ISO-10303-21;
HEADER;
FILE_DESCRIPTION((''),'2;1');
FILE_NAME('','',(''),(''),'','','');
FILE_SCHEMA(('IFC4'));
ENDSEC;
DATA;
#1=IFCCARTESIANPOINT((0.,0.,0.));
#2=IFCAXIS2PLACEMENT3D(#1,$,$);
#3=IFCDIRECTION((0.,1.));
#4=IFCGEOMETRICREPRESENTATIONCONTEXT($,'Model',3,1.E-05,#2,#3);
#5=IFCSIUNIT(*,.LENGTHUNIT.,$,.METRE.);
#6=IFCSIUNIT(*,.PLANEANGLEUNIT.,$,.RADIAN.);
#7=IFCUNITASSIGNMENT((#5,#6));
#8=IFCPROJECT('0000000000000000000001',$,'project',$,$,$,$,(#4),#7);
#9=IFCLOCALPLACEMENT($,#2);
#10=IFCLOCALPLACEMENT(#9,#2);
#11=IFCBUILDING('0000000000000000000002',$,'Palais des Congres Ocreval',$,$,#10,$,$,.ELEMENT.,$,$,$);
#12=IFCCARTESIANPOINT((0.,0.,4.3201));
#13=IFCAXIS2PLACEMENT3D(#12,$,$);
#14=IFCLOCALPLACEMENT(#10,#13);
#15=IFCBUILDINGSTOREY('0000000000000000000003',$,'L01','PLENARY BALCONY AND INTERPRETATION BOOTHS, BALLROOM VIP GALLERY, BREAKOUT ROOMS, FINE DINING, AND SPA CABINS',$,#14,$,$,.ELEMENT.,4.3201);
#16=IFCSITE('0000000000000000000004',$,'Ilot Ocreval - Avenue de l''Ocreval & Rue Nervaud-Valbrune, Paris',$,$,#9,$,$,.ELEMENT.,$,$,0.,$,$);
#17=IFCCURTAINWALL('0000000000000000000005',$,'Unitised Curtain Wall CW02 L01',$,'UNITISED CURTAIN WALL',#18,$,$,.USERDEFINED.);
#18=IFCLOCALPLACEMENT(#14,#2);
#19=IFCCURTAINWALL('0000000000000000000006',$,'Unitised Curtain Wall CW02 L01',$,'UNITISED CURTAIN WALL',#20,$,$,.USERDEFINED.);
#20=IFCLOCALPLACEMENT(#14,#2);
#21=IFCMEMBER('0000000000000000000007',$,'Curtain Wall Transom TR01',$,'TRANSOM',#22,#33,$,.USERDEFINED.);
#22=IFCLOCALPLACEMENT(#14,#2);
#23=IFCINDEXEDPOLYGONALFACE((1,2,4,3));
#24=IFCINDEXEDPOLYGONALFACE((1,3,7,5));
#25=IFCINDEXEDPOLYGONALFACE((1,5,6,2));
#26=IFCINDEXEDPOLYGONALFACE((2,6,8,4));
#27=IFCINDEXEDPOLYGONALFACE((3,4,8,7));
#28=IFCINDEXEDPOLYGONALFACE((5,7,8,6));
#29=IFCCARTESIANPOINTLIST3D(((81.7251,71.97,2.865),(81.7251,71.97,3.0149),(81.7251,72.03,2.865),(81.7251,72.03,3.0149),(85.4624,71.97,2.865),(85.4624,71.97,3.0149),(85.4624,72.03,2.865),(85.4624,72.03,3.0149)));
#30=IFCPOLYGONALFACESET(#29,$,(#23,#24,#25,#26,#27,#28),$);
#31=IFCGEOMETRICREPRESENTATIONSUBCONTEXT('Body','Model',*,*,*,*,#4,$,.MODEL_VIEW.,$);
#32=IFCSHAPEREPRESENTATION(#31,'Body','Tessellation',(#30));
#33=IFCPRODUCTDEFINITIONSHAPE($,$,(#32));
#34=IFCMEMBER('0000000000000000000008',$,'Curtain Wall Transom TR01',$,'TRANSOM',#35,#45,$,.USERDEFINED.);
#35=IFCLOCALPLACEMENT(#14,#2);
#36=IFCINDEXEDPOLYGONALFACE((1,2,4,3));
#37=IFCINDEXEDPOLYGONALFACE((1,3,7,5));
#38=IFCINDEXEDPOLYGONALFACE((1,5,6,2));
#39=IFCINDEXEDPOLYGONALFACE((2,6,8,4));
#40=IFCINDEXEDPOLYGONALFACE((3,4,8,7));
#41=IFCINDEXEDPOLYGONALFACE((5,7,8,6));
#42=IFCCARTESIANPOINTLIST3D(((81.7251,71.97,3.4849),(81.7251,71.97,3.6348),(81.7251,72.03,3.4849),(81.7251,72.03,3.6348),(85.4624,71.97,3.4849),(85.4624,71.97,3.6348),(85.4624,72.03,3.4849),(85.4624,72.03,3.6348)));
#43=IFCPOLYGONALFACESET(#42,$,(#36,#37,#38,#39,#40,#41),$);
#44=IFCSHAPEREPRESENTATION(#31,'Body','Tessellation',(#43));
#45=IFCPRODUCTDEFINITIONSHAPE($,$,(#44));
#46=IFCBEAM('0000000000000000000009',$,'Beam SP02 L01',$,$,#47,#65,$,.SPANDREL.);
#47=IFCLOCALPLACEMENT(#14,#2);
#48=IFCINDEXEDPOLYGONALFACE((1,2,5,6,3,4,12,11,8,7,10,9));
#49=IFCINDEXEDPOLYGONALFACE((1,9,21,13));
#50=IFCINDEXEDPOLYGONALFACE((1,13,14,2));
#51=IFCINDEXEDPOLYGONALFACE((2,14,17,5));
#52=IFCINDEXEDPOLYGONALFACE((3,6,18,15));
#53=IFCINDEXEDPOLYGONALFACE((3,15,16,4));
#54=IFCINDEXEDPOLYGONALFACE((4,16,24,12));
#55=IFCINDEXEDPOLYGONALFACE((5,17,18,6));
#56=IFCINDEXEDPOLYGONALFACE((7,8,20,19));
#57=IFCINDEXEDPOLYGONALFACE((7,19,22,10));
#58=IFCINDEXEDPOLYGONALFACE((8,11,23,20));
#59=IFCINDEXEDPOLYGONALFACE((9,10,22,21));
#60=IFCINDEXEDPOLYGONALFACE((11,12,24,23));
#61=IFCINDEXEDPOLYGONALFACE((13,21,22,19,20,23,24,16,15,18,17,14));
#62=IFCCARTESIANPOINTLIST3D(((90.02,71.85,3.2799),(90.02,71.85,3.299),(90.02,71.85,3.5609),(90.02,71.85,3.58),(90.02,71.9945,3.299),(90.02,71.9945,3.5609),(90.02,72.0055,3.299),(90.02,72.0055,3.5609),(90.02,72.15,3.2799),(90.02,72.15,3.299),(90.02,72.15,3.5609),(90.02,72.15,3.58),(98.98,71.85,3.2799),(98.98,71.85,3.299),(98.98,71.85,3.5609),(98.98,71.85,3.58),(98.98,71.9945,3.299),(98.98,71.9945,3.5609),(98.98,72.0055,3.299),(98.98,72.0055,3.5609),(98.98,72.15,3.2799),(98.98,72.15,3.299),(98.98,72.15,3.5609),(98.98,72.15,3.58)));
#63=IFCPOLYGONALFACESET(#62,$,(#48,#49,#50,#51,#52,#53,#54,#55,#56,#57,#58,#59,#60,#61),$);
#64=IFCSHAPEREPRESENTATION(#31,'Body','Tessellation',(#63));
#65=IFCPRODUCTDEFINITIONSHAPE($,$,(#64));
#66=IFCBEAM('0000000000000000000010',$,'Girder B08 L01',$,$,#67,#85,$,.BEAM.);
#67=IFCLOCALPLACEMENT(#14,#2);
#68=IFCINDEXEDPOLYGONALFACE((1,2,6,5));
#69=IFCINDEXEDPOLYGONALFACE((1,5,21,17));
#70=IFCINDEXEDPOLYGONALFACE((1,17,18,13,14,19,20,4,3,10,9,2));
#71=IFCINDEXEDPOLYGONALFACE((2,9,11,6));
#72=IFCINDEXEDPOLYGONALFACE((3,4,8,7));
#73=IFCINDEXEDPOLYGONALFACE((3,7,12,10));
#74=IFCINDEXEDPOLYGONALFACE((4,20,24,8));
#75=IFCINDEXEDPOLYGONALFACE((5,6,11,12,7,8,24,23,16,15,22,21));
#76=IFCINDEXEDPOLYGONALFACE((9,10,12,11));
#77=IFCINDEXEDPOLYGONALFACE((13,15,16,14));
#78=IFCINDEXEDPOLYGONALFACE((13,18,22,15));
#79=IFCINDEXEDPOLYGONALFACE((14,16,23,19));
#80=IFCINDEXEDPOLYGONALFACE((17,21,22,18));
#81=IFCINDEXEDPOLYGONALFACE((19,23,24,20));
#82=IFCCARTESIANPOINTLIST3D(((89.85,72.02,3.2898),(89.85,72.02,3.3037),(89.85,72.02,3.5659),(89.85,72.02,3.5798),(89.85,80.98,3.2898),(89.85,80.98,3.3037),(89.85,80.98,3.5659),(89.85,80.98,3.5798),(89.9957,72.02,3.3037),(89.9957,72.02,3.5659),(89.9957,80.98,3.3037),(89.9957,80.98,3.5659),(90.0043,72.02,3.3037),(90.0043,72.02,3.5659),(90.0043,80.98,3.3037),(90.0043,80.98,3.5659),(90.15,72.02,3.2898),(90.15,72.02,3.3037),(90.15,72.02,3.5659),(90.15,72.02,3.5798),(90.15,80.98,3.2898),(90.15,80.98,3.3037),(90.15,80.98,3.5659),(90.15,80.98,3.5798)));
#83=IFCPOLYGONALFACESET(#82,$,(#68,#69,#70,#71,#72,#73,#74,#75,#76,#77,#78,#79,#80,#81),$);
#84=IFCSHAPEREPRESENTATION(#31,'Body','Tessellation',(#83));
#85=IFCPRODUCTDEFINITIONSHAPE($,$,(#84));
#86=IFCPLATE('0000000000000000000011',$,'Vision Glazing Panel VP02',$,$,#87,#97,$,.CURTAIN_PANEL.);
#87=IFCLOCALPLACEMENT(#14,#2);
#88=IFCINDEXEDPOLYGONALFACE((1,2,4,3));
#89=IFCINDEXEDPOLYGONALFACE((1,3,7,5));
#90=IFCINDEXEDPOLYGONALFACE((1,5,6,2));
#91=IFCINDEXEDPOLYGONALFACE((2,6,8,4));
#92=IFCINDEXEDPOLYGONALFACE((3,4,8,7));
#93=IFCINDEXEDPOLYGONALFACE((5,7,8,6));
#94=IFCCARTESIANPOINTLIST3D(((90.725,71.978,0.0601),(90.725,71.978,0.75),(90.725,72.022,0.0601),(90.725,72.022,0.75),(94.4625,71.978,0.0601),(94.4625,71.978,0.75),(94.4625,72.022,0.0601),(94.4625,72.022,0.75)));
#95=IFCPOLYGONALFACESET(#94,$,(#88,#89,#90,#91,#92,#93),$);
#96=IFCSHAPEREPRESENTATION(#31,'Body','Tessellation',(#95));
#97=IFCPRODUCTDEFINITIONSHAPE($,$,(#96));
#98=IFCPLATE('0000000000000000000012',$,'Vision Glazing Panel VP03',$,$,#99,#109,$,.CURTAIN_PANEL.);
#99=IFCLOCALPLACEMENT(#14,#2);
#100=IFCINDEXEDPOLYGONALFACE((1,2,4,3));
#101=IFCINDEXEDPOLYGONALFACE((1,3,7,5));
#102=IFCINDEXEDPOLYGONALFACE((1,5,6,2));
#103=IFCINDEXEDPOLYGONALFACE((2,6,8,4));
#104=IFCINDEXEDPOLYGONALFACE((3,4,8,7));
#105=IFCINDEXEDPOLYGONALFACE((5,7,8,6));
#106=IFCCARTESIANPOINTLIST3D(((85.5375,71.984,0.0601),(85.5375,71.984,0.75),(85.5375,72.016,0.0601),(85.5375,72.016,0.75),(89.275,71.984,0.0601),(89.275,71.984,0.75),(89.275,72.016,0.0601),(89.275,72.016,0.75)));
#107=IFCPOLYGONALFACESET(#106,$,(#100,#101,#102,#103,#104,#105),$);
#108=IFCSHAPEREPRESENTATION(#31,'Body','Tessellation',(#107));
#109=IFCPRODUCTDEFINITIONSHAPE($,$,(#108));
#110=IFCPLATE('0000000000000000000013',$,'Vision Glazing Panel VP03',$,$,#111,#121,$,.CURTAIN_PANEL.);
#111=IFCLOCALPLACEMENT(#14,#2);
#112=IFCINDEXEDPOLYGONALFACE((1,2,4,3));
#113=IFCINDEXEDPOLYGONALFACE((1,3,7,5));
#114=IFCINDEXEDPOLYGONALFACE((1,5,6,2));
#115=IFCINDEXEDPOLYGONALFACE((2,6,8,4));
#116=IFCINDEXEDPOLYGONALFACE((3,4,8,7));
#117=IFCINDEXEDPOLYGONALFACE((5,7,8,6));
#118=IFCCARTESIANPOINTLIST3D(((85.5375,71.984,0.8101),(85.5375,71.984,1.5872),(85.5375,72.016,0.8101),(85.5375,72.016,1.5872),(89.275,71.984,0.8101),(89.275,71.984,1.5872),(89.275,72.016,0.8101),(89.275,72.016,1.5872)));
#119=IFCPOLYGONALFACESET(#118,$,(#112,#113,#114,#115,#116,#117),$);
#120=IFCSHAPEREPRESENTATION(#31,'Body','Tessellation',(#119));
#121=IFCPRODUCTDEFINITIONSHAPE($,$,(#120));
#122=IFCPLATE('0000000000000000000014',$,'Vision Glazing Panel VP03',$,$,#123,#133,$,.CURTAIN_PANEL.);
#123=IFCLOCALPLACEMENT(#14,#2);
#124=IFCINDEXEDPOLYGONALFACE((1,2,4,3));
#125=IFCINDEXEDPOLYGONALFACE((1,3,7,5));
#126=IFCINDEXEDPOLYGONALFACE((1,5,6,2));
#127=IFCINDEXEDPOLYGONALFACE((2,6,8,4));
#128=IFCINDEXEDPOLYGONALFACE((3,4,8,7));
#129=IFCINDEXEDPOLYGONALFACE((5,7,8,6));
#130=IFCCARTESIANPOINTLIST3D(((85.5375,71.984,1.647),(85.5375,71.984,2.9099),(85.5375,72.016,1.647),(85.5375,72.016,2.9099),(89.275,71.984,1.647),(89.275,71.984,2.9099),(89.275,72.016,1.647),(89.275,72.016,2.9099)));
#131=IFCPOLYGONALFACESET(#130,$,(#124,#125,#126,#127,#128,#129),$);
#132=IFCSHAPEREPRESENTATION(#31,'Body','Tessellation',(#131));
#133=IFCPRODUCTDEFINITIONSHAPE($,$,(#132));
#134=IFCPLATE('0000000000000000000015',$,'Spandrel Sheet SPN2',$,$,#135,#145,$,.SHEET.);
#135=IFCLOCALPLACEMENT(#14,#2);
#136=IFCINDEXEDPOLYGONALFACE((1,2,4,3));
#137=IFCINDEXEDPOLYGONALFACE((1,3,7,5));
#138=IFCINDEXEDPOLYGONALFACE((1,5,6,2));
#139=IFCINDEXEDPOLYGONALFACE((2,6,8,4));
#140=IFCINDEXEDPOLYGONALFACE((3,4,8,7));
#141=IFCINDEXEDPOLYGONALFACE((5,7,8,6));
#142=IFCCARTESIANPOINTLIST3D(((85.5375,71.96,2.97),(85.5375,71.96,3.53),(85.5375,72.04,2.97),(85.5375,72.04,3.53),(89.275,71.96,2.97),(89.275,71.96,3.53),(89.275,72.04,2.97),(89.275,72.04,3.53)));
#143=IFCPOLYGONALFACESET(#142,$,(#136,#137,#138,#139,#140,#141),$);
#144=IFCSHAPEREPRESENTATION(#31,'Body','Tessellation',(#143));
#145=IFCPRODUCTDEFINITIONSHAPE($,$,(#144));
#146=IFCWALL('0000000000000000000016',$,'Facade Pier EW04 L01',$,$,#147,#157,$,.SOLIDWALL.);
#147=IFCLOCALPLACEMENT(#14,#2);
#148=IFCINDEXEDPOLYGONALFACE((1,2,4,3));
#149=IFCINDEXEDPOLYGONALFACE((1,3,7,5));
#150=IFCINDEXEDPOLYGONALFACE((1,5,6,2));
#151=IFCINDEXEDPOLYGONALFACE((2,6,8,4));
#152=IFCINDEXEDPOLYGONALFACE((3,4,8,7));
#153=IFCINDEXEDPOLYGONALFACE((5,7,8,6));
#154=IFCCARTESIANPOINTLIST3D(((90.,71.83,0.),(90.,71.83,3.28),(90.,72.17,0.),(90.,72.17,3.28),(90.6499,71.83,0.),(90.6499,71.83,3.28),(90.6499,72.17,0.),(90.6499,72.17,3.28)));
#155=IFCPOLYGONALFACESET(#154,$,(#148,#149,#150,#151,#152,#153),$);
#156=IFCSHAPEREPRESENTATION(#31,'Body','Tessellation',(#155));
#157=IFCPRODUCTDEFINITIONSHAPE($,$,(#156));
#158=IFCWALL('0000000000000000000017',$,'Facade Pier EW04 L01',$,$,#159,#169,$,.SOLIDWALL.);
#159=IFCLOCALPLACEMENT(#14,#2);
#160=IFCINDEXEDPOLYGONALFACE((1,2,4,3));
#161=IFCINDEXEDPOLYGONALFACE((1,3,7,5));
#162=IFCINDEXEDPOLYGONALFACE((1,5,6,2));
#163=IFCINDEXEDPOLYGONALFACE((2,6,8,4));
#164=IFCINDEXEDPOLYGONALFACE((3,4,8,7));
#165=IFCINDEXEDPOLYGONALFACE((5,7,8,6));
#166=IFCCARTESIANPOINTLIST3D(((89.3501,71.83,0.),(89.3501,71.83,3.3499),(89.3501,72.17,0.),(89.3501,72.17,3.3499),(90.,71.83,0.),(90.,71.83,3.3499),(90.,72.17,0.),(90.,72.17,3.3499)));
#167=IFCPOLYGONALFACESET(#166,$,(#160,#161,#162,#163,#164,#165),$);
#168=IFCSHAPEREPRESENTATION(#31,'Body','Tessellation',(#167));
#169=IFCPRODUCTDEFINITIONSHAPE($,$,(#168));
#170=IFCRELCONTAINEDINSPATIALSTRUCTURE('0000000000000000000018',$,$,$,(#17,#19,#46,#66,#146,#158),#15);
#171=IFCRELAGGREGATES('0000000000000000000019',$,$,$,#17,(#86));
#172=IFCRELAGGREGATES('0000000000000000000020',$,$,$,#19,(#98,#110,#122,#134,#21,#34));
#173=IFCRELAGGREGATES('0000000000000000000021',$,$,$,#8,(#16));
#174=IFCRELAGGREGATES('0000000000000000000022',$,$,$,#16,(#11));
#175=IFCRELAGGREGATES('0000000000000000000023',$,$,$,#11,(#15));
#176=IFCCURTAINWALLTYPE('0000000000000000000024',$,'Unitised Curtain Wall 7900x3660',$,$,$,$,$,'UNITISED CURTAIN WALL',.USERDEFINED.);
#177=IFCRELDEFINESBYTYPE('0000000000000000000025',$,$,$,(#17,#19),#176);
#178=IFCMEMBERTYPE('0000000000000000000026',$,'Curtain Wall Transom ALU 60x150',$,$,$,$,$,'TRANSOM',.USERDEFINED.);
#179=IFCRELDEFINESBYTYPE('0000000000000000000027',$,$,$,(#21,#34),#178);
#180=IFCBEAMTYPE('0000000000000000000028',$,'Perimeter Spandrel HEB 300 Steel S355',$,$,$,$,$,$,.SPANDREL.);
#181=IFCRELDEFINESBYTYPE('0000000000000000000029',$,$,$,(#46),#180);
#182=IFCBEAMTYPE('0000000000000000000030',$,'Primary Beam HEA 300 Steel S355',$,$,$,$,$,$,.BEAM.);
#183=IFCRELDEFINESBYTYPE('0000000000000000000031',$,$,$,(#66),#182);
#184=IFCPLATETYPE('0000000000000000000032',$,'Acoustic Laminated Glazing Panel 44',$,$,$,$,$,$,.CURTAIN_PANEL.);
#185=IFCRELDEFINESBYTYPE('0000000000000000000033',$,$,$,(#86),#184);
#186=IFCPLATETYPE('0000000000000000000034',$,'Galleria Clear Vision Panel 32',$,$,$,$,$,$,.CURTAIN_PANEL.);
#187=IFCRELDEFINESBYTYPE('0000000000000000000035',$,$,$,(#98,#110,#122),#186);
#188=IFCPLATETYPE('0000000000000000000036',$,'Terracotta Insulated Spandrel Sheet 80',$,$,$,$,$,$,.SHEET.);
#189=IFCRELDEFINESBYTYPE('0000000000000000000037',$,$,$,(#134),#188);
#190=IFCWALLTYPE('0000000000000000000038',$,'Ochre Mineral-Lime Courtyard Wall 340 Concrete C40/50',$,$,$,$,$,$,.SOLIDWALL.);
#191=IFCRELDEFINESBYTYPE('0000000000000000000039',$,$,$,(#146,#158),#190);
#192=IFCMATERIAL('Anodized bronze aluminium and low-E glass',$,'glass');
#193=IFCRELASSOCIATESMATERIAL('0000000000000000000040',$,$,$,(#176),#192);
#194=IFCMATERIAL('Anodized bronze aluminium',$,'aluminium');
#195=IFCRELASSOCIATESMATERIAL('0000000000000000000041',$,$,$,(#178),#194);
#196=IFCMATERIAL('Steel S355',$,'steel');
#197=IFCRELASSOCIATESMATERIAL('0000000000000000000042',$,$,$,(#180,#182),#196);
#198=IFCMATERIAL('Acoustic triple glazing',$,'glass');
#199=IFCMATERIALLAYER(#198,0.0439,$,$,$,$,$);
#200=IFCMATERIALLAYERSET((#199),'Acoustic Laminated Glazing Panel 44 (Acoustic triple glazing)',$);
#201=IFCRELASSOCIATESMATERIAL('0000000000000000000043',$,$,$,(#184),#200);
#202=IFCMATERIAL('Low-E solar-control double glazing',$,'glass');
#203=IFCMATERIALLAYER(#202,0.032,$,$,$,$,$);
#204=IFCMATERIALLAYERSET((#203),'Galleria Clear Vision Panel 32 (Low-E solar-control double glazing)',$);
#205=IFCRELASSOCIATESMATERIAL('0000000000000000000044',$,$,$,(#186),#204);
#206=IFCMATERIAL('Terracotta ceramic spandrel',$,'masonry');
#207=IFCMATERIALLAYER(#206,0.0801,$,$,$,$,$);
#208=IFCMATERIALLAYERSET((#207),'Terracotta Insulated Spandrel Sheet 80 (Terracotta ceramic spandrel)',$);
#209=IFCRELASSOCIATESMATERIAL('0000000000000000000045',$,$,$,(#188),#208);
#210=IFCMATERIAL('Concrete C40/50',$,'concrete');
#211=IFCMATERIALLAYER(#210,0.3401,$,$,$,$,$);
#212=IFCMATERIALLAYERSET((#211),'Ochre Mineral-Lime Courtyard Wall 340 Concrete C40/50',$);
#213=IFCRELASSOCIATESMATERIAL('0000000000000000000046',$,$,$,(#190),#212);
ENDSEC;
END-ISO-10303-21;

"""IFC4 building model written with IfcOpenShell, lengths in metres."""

from ifc_helpers import new_model, si_unit, direction, frame, frame_2d, origin, origin_2d, place, context, subcontext, project, spatial, rectangle, i_section, extrude, material, layer, layer_set, material_profile, profile_set, type_object, element, aggregate, save


model = new_model("IFC4")

# Units and contexts
model_context = context("Model", 3, precision=1e-05, world=origin(), true_north=direction((0.0, 1.0)))
body_context = subcontext(model_context, "Body", "Model", "MODEL_VIEW")
ifc_project = project(units=[si_unit("LENGTHUNIT", "METRE"), si_unit("PLANEANGLEUNIT", "RADIAN")], contexts=[model_context])

# Site, building, storey
site_placement = place(None, origin())
site = spatial("IfcSite", under=ifc_project, at=site_placement, Name="Ilot Ocreval - Avenue de l'Ocreval & Rue Nervaud-Valbrune, Paris", CompositionType="ELEMENT", RefElevation=0.0)
building_placement = place(site_placement, origin())
building = spatial("IfcBuilding", under=site, at=building_placement, Name="Palais des Congres Ocreval", CompositionType="ELEMENT")
storey_placement = place(building_placement, frame((0.0, 0.0, 4.3201)))
storey = spatial("IfcBuildingStorey", under=building, at=storey_placement, Name="L01", Description="PLENARY BALCONY AND INTERPRETATION BOOTHS, BALLROOM VIP GALLERY, BREAKOUT ROOMS, FINE DINING, AND SPA CABINS", CompositionType="ELEMENT", Elevation=4.3201)

# Shared definitions
ifc_material_1 = material(Name="Steel S355", Category="steel")

# Curtain wall
ifc_material_2 = material(Name="Anodized bronze aluminium and low-E glass", Category="glass")
curtain_wall_type = type_object("IfcCurtainWallType", Name="Unitised Curtain Wall 7900x3660", ElementType="UNITISED CURTAIN WALL", PredefinedType="USERDEFINED", material=ifc_material_2)
curtain_wall_1_placement = place(storey_placement, origin())
curtain_wall_1 = element("IfcCurtainWall", 1, at=curtain_wall_1_placement, inside=storey, type_object=curtain_wall_type, Name="Unitised Curtain Wall CW02 L01", ObjectType="UNITISED CURTAIN WALL", PredefinedType="USERDEFINED")
ifc_material_3 = material(Name="Anodized bronze aluminium", Category="aluminium")

# Curtain wall, members
curtain_wall_2_placement = place(storey_placement, origin())
curtain_wall_2 = element("IfcCurtainWall", 2, at=curtain_wall_2_placement, inside=storey, type_object=curtain_wall_type, Name="Unitised Curtain Wall CW02 L01", ObjectType="UNITISED CURTAIN WALL", PredefinedType="USERDEFINED")
ifc_material_profile_1 = material_profile(ifc_material_3, rectangle(XDim=0.0601, YDim=0.1499, at=origin_2d()), Name="ALU 60x150")
ifc_profile_set_1 = profile_set([ifc_material_profile_1], Name="Anodized bronze aluminium")
member_type_1 = type_object("IfcMemberType", Name="Curtain Wall Transom ALU 60x150", ElementType="TRANSOM", PredefinedType="USERDEFINED", material=ifc_profile_set_1)
member_1_placement = place(storey_placement, frame((85.4624, 72.0, 2.9399), z_axis=(-1.0, 0.0, 0.0), x_axis=(0.0, -1.0, 0.0)))
member_1 = element("IfcMember", 3, at=member_1_placement, type_object=member_type_1, Name="Curtain Wall Transom TR01", ObjectType="TRANSOM", PredefinedType="USERDEFINED", context=body_context, shape_type="SweptSolid", body=[
    extrude(rectangle(XDim=0.0601, YDim=0.1499, at=origin_2d()), origin(), (0.0, 0.0, 1.0), 3.7373),
])
member_2_placement = place(storey_placement, frame((85.4624, 72.0, 3.5598), z_axis=(-1.0, 0.0, 0.0), x_axis=(0.0, -1.0, 0.0)))
member_2 = element("IfcMember", 4, at=member_2_placement, type_object=member_type_1, Name="Curtain Wall Transom TR01", ObjectType="TRANSOM", PredefinedType="USERDEFINED", context=body_context, shape_type="SweptSolid", body=[
    extrude(rectangle(XDim=0.0601, YDim=0.1499, at=origin_2d()), origin(), (0.0, 0.0, 1.0), 3.7373),
])

# Beams
ifc_material_profile_2 = material_profile(ifc_material_1, i_section(OverallWidth=0.3, OverallDepth=0.3, WebThickness=0.011, FlangeThickness=0.019, at=origin_2d()), Name="HEB 300")
ifc_profile_set_2 = profile_set([ifc_material_profile_2], Name="Steel S355")
beam_type_1 = type_object("IfcBeamType", Name="Perimeter Spandrel HEB 300 Steel S355", PredefinedType="SPANDREL", material=ifc_profile_set_2)
beam_1_placement = place(storey_placement, frame((90.02, 72.0, 3.4299), z_axis=(1.0, 0.0, 0.0), x_axis=(0.0, 1.0, 0.0)))
element("IfcBeam", 5, at=beam_1_placement, inside=storey, type_object=beam_type_1, Name="Beam SP02 L01", PredefinedType="SPANDREL", context=body_context, shape_type="SweptSolid", body=[
    extrude(i_section(OverallWidth=0.3, OverallDepth=0.3, WebThickness=0.011, FlangeThickness=0.019, at=origin_2d()), origin(), (0.0, 0.0, 1.0), 8.96),
])
ifc_material_profile_3 = material_profile(ifc_material_1, i_section(OverallWidth=0.3, OverallDepth=0.29, WebThickness=0.0085, FlangeThickness=0.0139, at=origin_2d()), Name="HEA 300")
ifc_profile_set_3 = profile_set([ifc_material_profile_3], Name="Steel S355")
beam_type_2 = type_object("IfcBeamType", Name="Primary Beam HEA 300 Steel S355", PredefinedType="BEAM", material=ifc_profile_set_3)
beam_2_placement = place(storey_placement, frame((90.0, 72.02, 3.4348), z_axis=(0.0, 1.0, 0.0), x_axis=(-1.0, 0.0, 0.0)))
element("IfcBeam", 6, at=beam_2_placement, inside=storey, type_object=beam_type_2, Name="Girder B08 L01", PredefinedType="BEAM", context=body_context, shape_type="SweptSolid", body=[
    extrude(i_section(OverallWidth=0.3, OverallDepth=0.29, WebThickness=0.0085, FlangeThickness=0.0139, at=origin_2d()), origin(), (0.0, 0.0, 1.0), 8.96),
])

# Plates
ifc_material_4 = material(Name="Acoustic triple glazing", Category="glass")
ifc_layer_1 = layer(ifc_material_4, 0.0439)
ifc_layer_set_1 = layer_set([ifc_layer_1], Name="Acoustic Laminated Glazing Panel 44 (Acoustic triple glazing)")
plate_type_1 = type_object("IfcPlateType", Name="Acoustic Laminated Glazing Panel 44", PredefinedType="CURTAIN_PANEL", material=ifc_layer_set_1)
plate_1_placement = place(storey_placement, frame((92.5938, 72.0, 0.0601), z_axis=(0.0, 0.0, 1.0), x_axis=(-1.0, 0.0, 0.0)))
plate_1 = element("IfcPlate", 7, at=plate_1_placement, type_object=plate_type_1, Name="Vision Glazing Panel VP02", PredefinedType="CURTAIN_PANEL", context=body_context, shape_type="SweptSolid", body=[
    extrude(rectangle(XDim=3.7375, YDim=0.0439, at=origin_2d()), origin(), (0.0, 0.0, 1.0), 0.6899),
])
aggregate(curtain_wall_1, [plate_1])
ifc_material_5 = material(Name="Low-E solar-control double glazing", Category="glass")
ifc_layer_2 = layer(ifc_material_5, 0.032)
ifc_layer_set_2 = layer_set([ifc_layer_2], Name="Galleria Clear Vision Panel 32 (Low-E solar-control double glazing)")
plate_type_2 = type_object("IfcPlateType", Name="Galleria Clear Vision Panel 32", PredefinedType="CURTAIN_PANEL", material=ifc_layer_set_2)
plate_2_placement = place(storey_placement, frame((87.4062, 72.0, 0.0601), z_axis=(0.0, 0.0, 1.0), x_axis=(-1.0, 0.0, 0.0)))
plate_2 = element("IfcPlate", 8, at=plate_2_placement, type_object=plate_type_2, Name="Vision Glazing Panel VP03", PredefinedType="CURTAIN_PANEL", context=body_context, shape_type="SweptSolid", body=[
    extrude(rectangle(XDim=3.7375, YDim=0.032, at=origin_2d()), origin(), (0.0, 0.0, 1.0), 0.6899),
])
plate_3_placement = place(storey_placement, frame((87.4062, 72.0, 0.8101), z_axis=(0.0, 0.0, 1.0), x_axis=(-1.0, 0.0, 0.0)))
plate_3 = element("IfcPlate", 9, at=plate_3_placement, type_object=plate_type_2, Name="Vision Glazing Panel VP03", PredefinedType="CURTAIN_PANEL", context=body_context, shape_type="SweptSolid", body=[
    extrude(rectangle(XDim=3.7375, YDim=0.032, at=origin_2d()), origin(), (0.0, 0.0, 1.0), 0.7771),
])
plate_4_placement = place(storey_placement, frame((87.4062, 72.0, 1.647), z_axis=(0.0, 0.0, 1.0), x_axis=(-1.0, 0.0, 0.0)))
plate_4 = element("IfcPlate", 10, at=plate_4_placement, type_object=plate_type_2, Name="Vision Glazing Panel VP03", PredefinedType="CURTAIN_PANEL", context=body_context, shape_type="SweptSolid", body=[
    extrude(rectangle(XDim=3.7375, YDim=0.032, at=origin_2d()), origin(), (0.0, 0.0, 1.0), 1.2629),
])
ifc_material_6 = material(Name="Terracotta ceramic spandrel", Category="masonry")
ifc_layer_3 = layer(ifc_material_6, 0.0801)
ifc_layer_set_3 = layer_set([ifc_layer_3], Name="Terracotta Insulated Spandrel Sheet 80 (Terracotta ceramic spandrel)")
plate_type_3 = type_object("IfcPlateType", Name="Terracotta Insulated Spandrel Sheet 80", PredefinedType="SHEET", material=ifc_layer_set_3)
plate_5_placement = place(storey_placement, frame((87.4062, 72.0, 2.97), z_axis=(0.0, 0.0, 1.0), x_axis=(-1.0, 0.0, 0.0)))
plate_5 = element("IfcPlate", 11, at=plate_5_placement, type_object=plate_type_3, Name="Spandrel Sheet SPN2", PredefinedType="SHEET", context=body_context, shape_type="SweptSolid", body=[
    extrude(rectangle(XDim=3.7375, YDim=0.0801, at=origin_2d()), origin(), (0.0, 0.0, 1.0), 0.5601),
])
aggregate(curtain_wall_2, [plate_2, plate_3, plate_4, plate_5, member_1, member_2])

# Walls
ifc_material_7 = material(Name="Concrete C40/50", Category="concrete")
ifc_layer_4 = layer(ifc_material_7, 0.3401)
ifc_layer_set_4 = layer_set([ifc_layer_4], Name="Ochre Mineral-Lime Courtyard Wall 340 Concrete C40/50")
wall_type = type_object("IfcWallType", Name="Ochre Mineral-Lime Courtyard Wall 340 Concrete C40/50", PredefinedType="SOLIDWALL", material=ifc_layer_set_4)
wall_1_placement = place(storey_placement, frame((90.6499, 72.0, 0.0), z_axis=(0.0, 0.0, 1.0), x_axis=(-1.0, 0.0, 0.0)))
element("IfcWall", 12, at=wall_1_placement, inside=storey, type_object=wall_type, Name="Facade Pier EW04 L01", PredefinedType="SOLIDWALL", context=body_context, shape_type="SweptSolid", body=[
    extrude(rectangle(XDim=0.6499, YDim=0.3401, at=frame_2d((0.325, 0.0))), origin(), (0.0, 0.0, 1.0), 3.28),
])
wall_2_placement = place(storey_placement, frame((90.0, 72.0, 0.0), z_axis=(0.0, 0.0, 1.0), x_axis=(-1.0, 0.0, 0.0)))
element("IfcWall", 13, at=wall_2_placement, inside=storey, type_object=wall_type, Name="Facade Pier EW04 L01", PredefinedType="SOLIDWALL", context=body_context, shape_type="SweptSolid", body=[
    extrude(rectangle(XDim=0.6499, YDim=0.3401, at=frame_2d((0.325, 0.0))), origin(), (0.0, 0.0, 1.0), 3.3499),
])

save(model, "model.ifc")
